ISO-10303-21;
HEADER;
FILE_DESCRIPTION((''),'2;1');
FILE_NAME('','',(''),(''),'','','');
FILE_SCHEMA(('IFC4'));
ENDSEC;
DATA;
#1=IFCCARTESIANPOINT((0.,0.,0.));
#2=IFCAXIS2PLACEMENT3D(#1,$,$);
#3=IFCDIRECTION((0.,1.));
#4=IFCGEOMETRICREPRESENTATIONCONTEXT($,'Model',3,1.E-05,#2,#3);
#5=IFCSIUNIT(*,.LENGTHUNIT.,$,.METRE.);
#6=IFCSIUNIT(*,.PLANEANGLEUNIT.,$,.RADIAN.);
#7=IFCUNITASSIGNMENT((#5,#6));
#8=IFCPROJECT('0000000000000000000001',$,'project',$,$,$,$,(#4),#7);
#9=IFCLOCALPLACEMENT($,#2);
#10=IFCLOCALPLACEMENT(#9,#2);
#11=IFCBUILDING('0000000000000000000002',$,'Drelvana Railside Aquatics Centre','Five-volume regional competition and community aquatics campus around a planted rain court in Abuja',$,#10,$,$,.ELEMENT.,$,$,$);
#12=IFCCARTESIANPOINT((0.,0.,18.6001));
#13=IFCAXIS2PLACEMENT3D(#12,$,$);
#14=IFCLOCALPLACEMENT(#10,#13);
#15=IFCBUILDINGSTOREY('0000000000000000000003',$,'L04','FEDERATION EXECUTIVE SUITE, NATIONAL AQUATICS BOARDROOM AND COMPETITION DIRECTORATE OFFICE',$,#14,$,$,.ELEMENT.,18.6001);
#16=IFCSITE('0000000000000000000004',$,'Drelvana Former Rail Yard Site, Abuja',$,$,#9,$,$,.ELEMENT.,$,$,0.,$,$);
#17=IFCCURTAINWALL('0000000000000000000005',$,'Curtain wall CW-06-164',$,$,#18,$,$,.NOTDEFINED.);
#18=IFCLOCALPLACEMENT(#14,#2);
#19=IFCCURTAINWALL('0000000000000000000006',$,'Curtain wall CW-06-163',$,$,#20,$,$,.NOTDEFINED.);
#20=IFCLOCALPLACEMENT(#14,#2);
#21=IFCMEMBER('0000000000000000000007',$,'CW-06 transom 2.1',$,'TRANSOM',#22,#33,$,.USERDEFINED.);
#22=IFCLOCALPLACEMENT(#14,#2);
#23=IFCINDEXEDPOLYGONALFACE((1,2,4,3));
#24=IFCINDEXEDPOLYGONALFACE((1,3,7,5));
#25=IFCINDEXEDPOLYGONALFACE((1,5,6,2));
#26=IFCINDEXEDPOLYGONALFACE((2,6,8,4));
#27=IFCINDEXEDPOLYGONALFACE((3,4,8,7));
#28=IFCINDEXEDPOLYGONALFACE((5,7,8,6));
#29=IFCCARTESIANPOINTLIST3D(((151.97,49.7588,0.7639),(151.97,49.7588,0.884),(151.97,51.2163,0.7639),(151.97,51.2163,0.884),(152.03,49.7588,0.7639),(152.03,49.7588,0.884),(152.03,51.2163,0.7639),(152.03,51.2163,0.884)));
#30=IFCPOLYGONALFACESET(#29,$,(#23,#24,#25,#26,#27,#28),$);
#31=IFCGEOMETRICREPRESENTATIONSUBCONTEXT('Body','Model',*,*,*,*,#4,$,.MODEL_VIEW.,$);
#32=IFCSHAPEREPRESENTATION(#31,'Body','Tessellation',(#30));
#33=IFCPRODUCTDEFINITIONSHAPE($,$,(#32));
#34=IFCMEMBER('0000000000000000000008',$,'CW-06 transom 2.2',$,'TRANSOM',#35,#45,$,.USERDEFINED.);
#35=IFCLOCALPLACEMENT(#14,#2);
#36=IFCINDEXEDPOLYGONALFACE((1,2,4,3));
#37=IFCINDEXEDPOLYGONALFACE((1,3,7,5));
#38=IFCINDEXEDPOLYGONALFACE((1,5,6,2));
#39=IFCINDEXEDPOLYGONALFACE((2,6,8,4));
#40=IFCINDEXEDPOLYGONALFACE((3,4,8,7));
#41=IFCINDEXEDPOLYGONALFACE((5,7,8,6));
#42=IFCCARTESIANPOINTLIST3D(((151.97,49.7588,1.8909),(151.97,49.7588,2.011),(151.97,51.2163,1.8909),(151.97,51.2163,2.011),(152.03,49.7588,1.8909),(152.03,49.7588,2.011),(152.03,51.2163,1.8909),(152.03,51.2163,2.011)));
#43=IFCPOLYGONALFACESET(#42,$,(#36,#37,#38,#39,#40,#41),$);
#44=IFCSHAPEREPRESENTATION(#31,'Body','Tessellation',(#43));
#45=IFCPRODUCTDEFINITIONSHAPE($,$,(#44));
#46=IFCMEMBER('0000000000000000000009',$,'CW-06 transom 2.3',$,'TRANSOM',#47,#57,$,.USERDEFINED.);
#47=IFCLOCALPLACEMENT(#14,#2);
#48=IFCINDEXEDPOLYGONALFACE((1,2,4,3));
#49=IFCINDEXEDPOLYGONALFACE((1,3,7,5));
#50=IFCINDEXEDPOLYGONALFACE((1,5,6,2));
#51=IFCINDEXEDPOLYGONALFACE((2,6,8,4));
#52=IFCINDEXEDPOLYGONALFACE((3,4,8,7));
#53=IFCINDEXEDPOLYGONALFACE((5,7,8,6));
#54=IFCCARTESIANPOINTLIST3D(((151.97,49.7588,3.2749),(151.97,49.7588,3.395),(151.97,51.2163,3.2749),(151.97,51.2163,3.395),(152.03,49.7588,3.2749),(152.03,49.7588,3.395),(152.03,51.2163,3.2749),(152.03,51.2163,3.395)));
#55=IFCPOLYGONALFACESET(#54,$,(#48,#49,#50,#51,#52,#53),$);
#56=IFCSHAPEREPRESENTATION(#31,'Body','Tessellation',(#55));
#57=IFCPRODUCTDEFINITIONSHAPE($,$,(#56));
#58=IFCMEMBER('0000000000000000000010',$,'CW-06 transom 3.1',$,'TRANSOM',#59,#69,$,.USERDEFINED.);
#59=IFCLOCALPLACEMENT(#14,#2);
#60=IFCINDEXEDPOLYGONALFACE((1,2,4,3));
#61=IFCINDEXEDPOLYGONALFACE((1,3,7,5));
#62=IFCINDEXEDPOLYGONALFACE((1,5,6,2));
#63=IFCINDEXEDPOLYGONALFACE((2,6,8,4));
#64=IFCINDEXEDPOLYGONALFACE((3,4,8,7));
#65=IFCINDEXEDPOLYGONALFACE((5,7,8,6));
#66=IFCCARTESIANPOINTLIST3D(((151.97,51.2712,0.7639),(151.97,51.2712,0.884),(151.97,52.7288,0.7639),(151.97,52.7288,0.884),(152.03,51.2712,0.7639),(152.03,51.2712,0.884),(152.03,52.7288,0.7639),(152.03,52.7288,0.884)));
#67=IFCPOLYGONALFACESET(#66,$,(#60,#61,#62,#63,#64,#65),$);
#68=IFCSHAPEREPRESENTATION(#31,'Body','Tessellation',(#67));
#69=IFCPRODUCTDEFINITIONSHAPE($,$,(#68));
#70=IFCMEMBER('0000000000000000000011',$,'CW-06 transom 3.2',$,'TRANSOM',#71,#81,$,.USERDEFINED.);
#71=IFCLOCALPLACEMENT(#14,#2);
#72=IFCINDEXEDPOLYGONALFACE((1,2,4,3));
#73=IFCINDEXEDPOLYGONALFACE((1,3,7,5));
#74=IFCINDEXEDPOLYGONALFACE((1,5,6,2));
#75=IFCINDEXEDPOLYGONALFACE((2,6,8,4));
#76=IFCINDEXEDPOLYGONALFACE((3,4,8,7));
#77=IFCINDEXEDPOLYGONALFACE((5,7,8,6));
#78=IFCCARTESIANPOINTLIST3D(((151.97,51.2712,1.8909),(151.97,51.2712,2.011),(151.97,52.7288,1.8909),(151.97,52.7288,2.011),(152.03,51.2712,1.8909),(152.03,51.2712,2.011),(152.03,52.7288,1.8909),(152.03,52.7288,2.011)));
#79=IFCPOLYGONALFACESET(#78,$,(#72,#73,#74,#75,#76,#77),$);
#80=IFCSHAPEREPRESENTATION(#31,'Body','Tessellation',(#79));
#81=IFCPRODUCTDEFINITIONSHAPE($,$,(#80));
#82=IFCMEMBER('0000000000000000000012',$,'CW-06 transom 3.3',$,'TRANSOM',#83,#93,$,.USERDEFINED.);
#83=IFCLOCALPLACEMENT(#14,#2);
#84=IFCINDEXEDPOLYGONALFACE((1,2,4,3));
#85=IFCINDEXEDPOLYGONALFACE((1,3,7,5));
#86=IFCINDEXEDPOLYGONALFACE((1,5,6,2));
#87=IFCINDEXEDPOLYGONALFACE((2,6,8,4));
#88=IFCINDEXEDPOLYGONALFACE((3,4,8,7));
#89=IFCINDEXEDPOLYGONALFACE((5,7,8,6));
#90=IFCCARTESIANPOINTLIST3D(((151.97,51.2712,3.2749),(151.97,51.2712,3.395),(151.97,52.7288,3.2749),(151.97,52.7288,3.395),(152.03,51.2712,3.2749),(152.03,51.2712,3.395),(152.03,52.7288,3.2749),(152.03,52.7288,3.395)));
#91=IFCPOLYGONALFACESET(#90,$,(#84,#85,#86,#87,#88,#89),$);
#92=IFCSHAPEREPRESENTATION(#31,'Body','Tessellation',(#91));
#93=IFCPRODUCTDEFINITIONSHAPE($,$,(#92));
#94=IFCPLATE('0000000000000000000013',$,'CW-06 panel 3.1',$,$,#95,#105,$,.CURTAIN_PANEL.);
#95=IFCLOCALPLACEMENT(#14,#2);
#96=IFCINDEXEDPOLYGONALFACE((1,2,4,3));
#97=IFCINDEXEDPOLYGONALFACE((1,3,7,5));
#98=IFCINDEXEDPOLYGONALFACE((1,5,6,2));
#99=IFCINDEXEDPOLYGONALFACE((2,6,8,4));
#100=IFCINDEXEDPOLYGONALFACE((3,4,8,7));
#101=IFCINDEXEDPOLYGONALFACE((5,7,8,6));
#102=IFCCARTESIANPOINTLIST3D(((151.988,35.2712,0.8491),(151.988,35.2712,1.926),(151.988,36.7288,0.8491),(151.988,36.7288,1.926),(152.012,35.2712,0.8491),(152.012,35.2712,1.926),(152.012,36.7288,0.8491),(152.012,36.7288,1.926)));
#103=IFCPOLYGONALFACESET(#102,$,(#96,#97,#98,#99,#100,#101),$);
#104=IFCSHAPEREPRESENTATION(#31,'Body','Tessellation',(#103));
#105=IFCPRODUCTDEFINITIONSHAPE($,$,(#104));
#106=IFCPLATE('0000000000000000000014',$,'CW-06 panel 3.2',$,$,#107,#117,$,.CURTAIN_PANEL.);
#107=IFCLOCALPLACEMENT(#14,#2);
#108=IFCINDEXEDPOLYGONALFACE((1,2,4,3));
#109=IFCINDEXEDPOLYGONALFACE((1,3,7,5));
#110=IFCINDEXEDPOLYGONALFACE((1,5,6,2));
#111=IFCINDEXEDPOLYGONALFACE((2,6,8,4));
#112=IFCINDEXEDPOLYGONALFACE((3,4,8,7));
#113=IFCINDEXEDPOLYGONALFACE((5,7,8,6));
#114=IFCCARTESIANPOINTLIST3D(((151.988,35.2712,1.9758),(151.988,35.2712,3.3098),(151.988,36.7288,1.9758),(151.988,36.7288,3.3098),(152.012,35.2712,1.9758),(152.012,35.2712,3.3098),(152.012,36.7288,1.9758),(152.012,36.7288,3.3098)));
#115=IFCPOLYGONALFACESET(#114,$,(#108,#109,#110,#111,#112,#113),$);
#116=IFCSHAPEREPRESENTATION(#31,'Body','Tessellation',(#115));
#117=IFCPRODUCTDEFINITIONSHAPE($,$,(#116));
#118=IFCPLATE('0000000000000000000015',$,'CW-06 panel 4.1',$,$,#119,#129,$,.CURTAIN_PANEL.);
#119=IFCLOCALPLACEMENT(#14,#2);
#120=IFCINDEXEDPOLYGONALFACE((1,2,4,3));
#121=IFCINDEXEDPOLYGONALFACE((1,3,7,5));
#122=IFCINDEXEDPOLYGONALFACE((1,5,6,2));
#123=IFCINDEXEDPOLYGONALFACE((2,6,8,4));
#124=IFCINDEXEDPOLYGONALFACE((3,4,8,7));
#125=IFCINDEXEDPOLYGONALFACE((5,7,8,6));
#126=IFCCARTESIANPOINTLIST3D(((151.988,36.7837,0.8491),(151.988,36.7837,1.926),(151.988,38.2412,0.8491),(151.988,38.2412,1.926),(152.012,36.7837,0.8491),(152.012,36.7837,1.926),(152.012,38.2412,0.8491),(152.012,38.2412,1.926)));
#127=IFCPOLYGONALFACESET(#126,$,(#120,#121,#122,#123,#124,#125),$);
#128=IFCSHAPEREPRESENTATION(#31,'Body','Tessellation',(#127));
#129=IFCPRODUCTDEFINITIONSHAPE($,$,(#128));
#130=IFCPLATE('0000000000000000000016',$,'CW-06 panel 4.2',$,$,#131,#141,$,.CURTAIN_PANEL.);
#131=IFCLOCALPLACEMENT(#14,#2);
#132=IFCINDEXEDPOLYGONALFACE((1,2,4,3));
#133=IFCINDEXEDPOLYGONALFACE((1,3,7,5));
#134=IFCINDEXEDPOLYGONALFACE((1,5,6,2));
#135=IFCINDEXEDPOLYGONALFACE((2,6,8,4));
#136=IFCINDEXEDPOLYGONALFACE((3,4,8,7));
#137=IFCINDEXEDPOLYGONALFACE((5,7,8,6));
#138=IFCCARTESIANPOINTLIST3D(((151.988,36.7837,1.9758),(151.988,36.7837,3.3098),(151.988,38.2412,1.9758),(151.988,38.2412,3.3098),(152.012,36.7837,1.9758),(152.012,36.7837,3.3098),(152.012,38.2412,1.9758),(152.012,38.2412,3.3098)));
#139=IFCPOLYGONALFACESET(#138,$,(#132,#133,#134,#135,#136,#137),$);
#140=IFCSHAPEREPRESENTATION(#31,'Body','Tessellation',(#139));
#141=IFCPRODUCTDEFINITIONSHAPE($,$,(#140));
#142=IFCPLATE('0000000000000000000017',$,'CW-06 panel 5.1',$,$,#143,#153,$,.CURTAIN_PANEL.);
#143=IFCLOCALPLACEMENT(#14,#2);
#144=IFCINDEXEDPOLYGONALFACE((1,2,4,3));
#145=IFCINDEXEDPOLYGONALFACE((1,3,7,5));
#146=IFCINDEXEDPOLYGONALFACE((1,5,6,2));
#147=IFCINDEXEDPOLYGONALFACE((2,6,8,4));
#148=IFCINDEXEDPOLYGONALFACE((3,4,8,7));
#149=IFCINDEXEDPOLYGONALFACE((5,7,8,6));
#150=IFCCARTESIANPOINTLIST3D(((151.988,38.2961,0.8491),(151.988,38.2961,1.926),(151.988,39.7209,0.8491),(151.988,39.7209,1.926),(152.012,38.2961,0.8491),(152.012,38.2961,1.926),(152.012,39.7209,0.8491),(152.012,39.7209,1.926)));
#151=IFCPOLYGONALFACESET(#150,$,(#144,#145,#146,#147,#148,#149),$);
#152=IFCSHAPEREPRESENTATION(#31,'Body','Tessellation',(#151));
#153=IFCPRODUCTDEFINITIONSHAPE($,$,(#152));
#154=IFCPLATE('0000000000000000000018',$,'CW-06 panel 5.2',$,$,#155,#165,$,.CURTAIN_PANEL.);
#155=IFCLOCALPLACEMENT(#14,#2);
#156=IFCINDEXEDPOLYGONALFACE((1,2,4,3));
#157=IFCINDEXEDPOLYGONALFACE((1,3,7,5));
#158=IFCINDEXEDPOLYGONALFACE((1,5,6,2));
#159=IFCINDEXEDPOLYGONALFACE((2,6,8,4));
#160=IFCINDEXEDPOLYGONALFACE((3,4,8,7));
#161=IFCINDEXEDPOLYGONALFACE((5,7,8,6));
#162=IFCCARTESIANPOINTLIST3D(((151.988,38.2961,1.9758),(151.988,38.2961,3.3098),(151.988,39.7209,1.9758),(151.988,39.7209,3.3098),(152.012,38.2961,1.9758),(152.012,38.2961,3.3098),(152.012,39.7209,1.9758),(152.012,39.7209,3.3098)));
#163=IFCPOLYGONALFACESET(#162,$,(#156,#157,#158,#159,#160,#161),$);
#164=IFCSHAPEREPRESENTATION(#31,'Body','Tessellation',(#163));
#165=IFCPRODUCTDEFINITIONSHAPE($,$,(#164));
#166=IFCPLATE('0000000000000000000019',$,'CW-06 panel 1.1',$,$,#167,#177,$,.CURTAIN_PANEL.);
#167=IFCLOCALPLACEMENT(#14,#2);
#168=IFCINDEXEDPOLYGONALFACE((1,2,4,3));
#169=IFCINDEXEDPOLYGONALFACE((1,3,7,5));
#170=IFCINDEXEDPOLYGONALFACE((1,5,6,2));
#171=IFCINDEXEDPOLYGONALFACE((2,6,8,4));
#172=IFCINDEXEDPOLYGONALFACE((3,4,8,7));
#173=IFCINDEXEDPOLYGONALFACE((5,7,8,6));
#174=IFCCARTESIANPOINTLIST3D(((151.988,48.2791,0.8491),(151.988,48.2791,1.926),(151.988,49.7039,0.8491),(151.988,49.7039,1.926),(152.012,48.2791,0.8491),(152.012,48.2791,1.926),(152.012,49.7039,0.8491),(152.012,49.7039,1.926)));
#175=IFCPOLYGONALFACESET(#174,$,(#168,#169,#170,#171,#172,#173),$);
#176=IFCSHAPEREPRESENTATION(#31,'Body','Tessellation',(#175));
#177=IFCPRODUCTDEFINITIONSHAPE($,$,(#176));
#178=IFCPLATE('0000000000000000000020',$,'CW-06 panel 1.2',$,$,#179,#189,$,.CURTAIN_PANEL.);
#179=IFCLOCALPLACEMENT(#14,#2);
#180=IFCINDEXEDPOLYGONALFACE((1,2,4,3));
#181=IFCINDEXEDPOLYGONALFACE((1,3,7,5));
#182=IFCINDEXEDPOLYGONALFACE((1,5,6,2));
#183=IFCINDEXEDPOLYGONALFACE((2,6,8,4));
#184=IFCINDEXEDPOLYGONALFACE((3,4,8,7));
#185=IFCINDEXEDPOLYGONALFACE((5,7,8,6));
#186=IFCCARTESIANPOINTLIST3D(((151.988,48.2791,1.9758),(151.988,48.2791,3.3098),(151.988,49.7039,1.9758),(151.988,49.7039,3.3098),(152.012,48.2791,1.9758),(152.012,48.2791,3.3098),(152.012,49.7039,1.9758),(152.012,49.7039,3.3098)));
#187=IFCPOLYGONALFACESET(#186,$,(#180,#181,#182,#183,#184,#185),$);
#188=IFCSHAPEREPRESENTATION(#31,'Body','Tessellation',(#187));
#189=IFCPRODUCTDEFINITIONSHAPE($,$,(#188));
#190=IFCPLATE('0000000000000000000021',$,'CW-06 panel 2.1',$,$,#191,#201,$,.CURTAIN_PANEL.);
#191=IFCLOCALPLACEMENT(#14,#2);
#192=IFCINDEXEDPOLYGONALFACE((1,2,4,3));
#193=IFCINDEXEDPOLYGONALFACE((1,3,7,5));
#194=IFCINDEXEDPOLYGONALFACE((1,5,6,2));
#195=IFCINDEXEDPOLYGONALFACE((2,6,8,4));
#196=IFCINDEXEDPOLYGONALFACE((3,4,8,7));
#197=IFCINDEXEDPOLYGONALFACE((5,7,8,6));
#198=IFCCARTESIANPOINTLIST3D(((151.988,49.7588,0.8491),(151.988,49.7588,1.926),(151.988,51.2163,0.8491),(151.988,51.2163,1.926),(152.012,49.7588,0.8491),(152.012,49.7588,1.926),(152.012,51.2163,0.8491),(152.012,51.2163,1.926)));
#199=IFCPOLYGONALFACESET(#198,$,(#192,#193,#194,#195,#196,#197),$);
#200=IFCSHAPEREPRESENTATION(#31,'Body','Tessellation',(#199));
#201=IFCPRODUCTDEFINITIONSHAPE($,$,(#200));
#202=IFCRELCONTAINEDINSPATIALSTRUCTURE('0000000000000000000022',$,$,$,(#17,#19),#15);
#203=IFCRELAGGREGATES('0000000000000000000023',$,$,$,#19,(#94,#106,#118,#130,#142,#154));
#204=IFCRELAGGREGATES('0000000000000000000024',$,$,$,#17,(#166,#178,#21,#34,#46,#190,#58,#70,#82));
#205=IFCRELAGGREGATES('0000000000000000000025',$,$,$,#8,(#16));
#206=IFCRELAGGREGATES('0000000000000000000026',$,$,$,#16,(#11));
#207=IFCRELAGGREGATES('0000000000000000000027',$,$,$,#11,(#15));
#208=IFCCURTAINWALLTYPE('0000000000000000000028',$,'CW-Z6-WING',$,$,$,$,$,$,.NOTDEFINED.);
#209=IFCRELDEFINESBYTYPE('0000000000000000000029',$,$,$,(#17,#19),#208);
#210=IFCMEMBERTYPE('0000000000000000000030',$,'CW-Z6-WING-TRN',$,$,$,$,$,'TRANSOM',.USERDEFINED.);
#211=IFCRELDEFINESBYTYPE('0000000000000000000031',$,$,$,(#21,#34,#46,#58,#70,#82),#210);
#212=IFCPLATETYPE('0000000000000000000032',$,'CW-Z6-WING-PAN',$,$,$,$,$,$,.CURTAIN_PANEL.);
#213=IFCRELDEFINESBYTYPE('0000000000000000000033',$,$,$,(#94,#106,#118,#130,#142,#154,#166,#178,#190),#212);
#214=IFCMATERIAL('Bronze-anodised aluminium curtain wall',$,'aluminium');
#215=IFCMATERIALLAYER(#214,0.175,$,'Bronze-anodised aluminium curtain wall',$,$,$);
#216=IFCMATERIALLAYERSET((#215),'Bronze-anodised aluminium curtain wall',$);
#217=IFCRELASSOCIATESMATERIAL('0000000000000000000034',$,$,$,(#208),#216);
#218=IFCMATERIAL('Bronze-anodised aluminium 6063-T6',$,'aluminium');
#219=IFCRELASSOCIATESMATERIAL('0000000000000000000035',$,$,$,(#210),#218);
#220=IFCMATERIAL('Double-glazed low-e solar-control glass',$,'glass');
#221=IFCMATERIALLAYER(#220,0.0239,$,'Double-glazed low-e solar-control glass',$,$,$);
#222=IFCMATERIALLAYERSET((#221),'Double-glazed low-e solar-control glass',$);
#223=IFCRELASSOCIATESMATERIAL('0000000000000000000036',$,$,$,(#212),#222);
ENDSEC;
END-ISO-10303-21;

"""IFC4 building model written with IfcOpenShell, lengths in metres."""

from ifc_helpers import new_model, si_unit, direction, frame, origin, origin_2d, place, context, subcontext, project, spatial, rectangle, extrude, material, layer, layer_set, material_profile, profile_set, type_object, element, aggregate, save


model = new_model("IFC4")

# Units and contexts
model_context = context("Model", 3, precision=1e-05, world=origin(), true_north=direction((0.0, 1.0)))
body_context = subcontext(model_context, "Body", "Model", "MODEL_VIEW")
ifc_project = project(units=[si_unit("LENGTHUNIT", "METRE"), si_unit("PLANEANGLEUNIT", "RADIAN")], contexts=[model_context])

# Site, building, storey
site_placement = place(None, origin())
site = spatial("IfcSite", under=ifc_project, at=site_placement, Name="Drelvana Former Rail Yard Site, Abuja", CompositionType="ELEMENT", RefElevation=0.0)
building_placement = place(site_placement, origin())
building = spatial("IfcBuilding", under=site, at=building_placement, Name="Drelvana Railside Aquatics Centre", Description="Five-volume regional competition and community aquatics campus around a planted rain court in Abuja", CompositionType="ELEMENT")
storey_placement = place(building_placement, frame((0.0, 0.0, 18.6001)))
storey = spatial("IfcBuildingStorey", under=building, at=storey_placement, Name="L04", Description="FEDERATION EXECUTIVE SUITE, NATIONAL AQUATICS BOARDROOM AND COMPETITION DIRECTORATE OFFICE", CompositionType="ELEMENT", Elevation=18.6001)

# Curtain walls
ifc_material_1 = material(Name="Bronze-anodised aluminium curtain wall", Category="aluminium")
ifc_layer_1 = layer(ifc_material_1, 0.175, Name="Bronze-anodised aluminium curtain wall")
ifc_layer_set_1 = layer_set([ifc_layer_1], Name="Bronze-anodised aluminium curtain wall")
curtain_wall_type = type_object("IfcCurtainWallType", Name="CW-Z6-WING", PredefinedType="NOTDEFINED", material=ifc_layer_set_1)
curtain_wall_1_placement = place(storey_placement, origin())
curtain_wall_1 = element("IfcCurtainWall", 1, at=curtain_wall_1_placement, inside=storey, type_object=curtain_wall_type, Name="Curtain wall CW-06-164", PredefinedType="NOTDEFINED")
ifc_material_2 = material(Name="Bronze-anodised aluminium 6063-T6", Category="aluminium")
curtain_wall_2_placement = place(storey_placement, origin())
curtain_wall_2 = element("IfcCurtainWall", 2, at=curtain_wall_2_placement, inside=storey, type_object=curtain_wall_type, Name="Curtain wall CW-06-163", PredefinedType="NOTDEFINED")
ifc_material_profile_1 = material_profile(ifc_material_2, rectangle(XDim=0.1201, YDim=0.0601, at=origin_2d()), Name="ALU-T 60x120")
ifc_profile_set_1 = profile_set([ifc_material_profile_1], Name="Bronze-anodised aluminium 6063-T6")
member_type_1 = type_object("IfcMemberType", Name="CW-Z6-WING-TRN", ElementType="TRANSOM", PredefinedType="USERDEFINED", material=ifc_profile_set_1)

# Members
member_1_placement = place(storey_placement, frame((152.0, 49.7588, 0.824), z_axis=(0.0, 1.0, 0.0), x_axis=(0.0, 0.0, 1.0)))
member_1 = element("IfcMember", 3, at=member_1_placement, type_object=member_type_1, Name="CW-06 transom 2.1", ObjectType="TRANSOM", PredefinedType="USERDEFINED", context=body_context, shape_type="SweptSolid", body=[
    extrude(rectangle(XDim=0.1201, YDim=0.0601, at=origin_2d()), origin(), (0.0, 0.0, 1.0), 1.4575),
])
member_2_placement = place(storey_placement, frame((152.0, 49.7588, 1.9509), z_axis=(0.0, 1.0, 0.0), x_axis=(0.0, 0.0, 1.0)))
member_2 = element("IfcMember", 4, at=member_2_placement, type_object=member_type_1, Name="CW-06 transom 2.2", ObjectType="TRANSOM", PredefinedType="USERDEFINED", context=body_context, shape_type="SweptSolid", body=[
    extrude(rectangle(XDim=0.1201, YDim=0.0601, at=origin_2d()), origin(), (0.0, 0.0, 1.0), 1.4575),
])
member_3_placement = place(storey_placement, frame((152.0, 49.7588, 3.335), z_axis=(0.0, 1.0, 0.0), x_axis=(0.0, 0.0, 1.0)))
member_3 = element("IfcMember", 5, at=member_3_placement, type_object=member_type_1, Name="CW-06 transom 2.3", ObjectType="TRANSOM", PredefinedType="USERDEFINED", context=body_context, shape_type="SweptSolid", body=[
    extrude(rectangle(XDim=0.1201, YDim=0.0601, at=origin_2d()), origin(), (0.0, 0.0, 1.0), 1.4575),
])
member_4_placement = place(storey_placement, frame((152.0, 51.2712, 0.824), z_axis=(0.0, 1.0, 0.0), x_axis=(0.0, 0.0, 1.0)))
member_4 = element("IfcMember", 6, at=member_4_placement, type_object=member_type_1, Name="CW-06 transom 3.1", ObjectType="TRANSOM", PredefinedType="USERDEFINED", context=body_context, shape_type="SweptSolid", body=[
    extrude(rectangle(XDim=0.1201, YDim=0.0601, at=origin_2d()), origin(), (0.0, 0.0, 1.0), 1.4575),
])
member_5_placement = place(storey_placement, frame((152.0, 51.2712, 1.9509), z_axis=(0.0, 1.0, 0.0), x_axis=(0.0, 0.0, 1.0)))
member_5 = element("IfcMember", 7, at=member_5_placement, type_object=member_type_1, Name="CW-06 transom 3.2", ObjectType="TRANSOM", PredefinedType="USERDEFINED", context=body_context, shape_type="SweptSolid", body=[
    extrude(rectangle(XDim=0.1201, YDim=0.0601, at=origin_2d()), origin(), (0.0, 0.0, 1.0), 1.4575),
])
member_6_placement = place(storey_placement, frame((152.0, 51.2712, 3.335), z_axis=(0.0, 1.0, 0.0), x_axis=(0.0, 0.0, 1.0)))
member_6 = element("IfcMember", 8, at=member_6_placement, type_object=member_type_1, Name="CW-06 transom 3.3", ObjectType="TRANSOM", PredefinedType="USERDEFINED", context=body_context, shape_type="SweptSolid", body=[
    extrude(rectangle(XDim=0.1201, YDim=0.0601, at=origin_2d()), origin(), (0.0, 0.0, 1.0), 1.4575),
])

# Plates
ifc_material_3 = material(Name="Double-glazed low-e solar-control glass", Category="glass")
ifc_layer_2 = layer(ifc_material_3, 0.0239, Name="Double-glazed low-e solar-control glass")
ifc_layer_set_2 = layer_set([ifc_layer_2], Name="Double-glazed low-e solar-control glass")
plate_type = type_object("IfcPlateType", Name="CW-Z6-WING-PAN", PredefinedType="CURTAIN_PANEL", material=ifc_layer_set_2)
plate_1_placement = place(storey_placement, frame((152.0, 36.0, 0.8491), z_axis=(0.0, 0.0, 1.0), x_axis=(0.0, 1.0, 0.0)))
plate_1 = element("IfcPlate", 9, at=plate_1_placement, type_object=plate_type, Name="CW-06 panel 3.1", PredefinedType="CURTAIN_PANEL", context=body_context, shape_type="SweptSolid", body=[
    extrude(rectangle(XDim=1.4575, YDim=0.0239, at=origin_2d()), origin(), (0.0, 0.0, 1.0), 1.0769),
])
plate_2_placement = place(storey_placement, frame((152.0, 36.0, 1.9758), z_axis=(0.0, 0.0, 1.0), x_axis=(0.0, 1.0, 0.0)))
plate_2 = element("IfcPlate", 10, at=plate_2_placement, type_object=plate_type, Name="CW-06 panel 3.2", PredefinedType="CURTAIN_PANEL", context=body_context, shape_type="SweptSolid", body=[
    extrude(rectangle(XDim=1.4575, YDim=0.0239, at=origin_2d()), origin(), (0.0, 0.0, 1.0), 1.334),
])
plate_3_placement = place(storey_placement, frame((152.0, 37.5125, 0.8491), z_axis=(0.0, 0.0, 1.0), x_axis=(0.0, 1.0, 0.0)))
plate_3 = element("IfcPlate", 11, at=plate_3_placement, type_object=plate_type, Name="CW-06 panel 4.1", PredefinedType="CURTAIN_PANEL", context=body_context, shape_type="SweptSolid", body=[
    extrude(rectangle(XDim=1.4575, YDim=0.0239, at=origin_2d()), origin(), (0.0, 0.0, 1.0), 1.0769),
])
plate_4_placement = place(storey_placement, frame((152.0, 37.5125, 1.9758), z_axis=(0.0, 0.0, 1.0), x_axis=(0.0, 1.0, 0.0)))
plate_4 = element("IfcPlate", 12, at=plate_4_placement, type_object=plate_type, Name="CW-06 panel 4.2", PredefinedType="CURTAIN_PANEL", context=body_context, shape_type="SweptSolid", body=[
    extrude(rectangle(XDim=1.4575, YDim=0.0239, at=origin_2d()), origin(), (0.0, 0.0, 1.0), 1.334),
])
plate_5_placement = place(storey_placement, frame((152.0, 39.0085, 0.8491), z_axis=(0.0, 0.0, 1.0), x_axis=(0.0, 1.0, 0.0)))
plate_5 = element("IfcPlate", 13, at=plate_5_placement, type_object=plate_type, Name="CW-06 panel 5.1", PredefinedType="CURTAIN_PANEL", context=body_context, shape_type="SweptSolid", body=[
    extrude(rectangle(XDim=1.4248, YDim=0.0239, at=origin_2d()), origin(), (0.0, 0.0, 1.0), 1.0769),
])
plate_6_placement = place(storey_placement, frame((152.0, 39.0085, 1.9758), z_axis=(0.0, 0.0, 1.0), x_axis=(0.0, 1.0, 0.0)))
plate_6 = element("IfcPlate", 14, at=plate_6_placement, type_object=plate_type, Name="CW-06 panel 5.2", PredefinedType="CURTAIN_PANEL", context=body_context, shape_type="SweptSolid", body=[
    extrude(rectangle(XDim=1.4248, YDim=0.0239, at=origin_2d()), origin(), (0.0, 0.0, 1.0), 1.334),
])
aggregate(curtain_wall_2, [plate_1, plate_2, plate_3, plate_4, plate_5, plate_6])
plate_7_placement = place(storey_placement, frame((152.0, 48.9915, 0.8491), z_axis=(0.0, 0.0, 1.0), x_axis=(0.0, 1.0, 0.0)))
plate_7 = element("IfcPlate", 15, at=plate_7_placement, type_object=plate_type, Name="CW-06 panel 1.1", PredefinedType="CURTAIN_PANEL", context=body_context, shape_type="SweptSolid", body=[
    extrude(rectangle(XDim=1.4248, YDim=0.0239, at=origin_2d()), origin(), (0.0, 0.0, 1.0), 1.0769),
])
plate_8_placement = place(storey_placement, frame((152.0, 48.9915, 1.9758), z_axis=(0.0, 0.0, 1.0), x_axis=(0.0, 1.0, 0.0)))
plate_8 = element("IfcPlate", 16, at=plate_8_placement, type_object=plate_type, Name="CW-06 panel 1.2", PredefinedType="CURTAIN_PANEL", context=body_context, shape_type="SweptSolid", body=[
    extrude(rectangle(XDim=1.4248, YDim=0.0239, at=origin_2d()), origin(), (0.0, 0.0, 1.0), 1.334),
])
plate_9_placement = place(storey_placement, frame((152.0, 50.4875, 0.8491), z_axis=(0.0, 0.0, 1.0), x_axis=(0.0, 1.0, 0.0)))
plate_9 = element("IfcPlate", 17, at=plate_9_placement, type_object=plate_type, Name="CW-06 panel 2.1", PredefinedType="CURTAIN_PANEL", context=body_context, shape_type="SweptSolid", body=[
    extrude(rectangle(XDim=1.4575, YDim=0.0239, at=origin_2d()), origin(), (0.0, 0.0, 1.0), 1.0769),
])
aggregate(curtain_wall_1, [plate_7, plate_8, member_1, member_2, member_3, plate_9, member_4, member_5, member_6])

save(model, "model.ifc")
